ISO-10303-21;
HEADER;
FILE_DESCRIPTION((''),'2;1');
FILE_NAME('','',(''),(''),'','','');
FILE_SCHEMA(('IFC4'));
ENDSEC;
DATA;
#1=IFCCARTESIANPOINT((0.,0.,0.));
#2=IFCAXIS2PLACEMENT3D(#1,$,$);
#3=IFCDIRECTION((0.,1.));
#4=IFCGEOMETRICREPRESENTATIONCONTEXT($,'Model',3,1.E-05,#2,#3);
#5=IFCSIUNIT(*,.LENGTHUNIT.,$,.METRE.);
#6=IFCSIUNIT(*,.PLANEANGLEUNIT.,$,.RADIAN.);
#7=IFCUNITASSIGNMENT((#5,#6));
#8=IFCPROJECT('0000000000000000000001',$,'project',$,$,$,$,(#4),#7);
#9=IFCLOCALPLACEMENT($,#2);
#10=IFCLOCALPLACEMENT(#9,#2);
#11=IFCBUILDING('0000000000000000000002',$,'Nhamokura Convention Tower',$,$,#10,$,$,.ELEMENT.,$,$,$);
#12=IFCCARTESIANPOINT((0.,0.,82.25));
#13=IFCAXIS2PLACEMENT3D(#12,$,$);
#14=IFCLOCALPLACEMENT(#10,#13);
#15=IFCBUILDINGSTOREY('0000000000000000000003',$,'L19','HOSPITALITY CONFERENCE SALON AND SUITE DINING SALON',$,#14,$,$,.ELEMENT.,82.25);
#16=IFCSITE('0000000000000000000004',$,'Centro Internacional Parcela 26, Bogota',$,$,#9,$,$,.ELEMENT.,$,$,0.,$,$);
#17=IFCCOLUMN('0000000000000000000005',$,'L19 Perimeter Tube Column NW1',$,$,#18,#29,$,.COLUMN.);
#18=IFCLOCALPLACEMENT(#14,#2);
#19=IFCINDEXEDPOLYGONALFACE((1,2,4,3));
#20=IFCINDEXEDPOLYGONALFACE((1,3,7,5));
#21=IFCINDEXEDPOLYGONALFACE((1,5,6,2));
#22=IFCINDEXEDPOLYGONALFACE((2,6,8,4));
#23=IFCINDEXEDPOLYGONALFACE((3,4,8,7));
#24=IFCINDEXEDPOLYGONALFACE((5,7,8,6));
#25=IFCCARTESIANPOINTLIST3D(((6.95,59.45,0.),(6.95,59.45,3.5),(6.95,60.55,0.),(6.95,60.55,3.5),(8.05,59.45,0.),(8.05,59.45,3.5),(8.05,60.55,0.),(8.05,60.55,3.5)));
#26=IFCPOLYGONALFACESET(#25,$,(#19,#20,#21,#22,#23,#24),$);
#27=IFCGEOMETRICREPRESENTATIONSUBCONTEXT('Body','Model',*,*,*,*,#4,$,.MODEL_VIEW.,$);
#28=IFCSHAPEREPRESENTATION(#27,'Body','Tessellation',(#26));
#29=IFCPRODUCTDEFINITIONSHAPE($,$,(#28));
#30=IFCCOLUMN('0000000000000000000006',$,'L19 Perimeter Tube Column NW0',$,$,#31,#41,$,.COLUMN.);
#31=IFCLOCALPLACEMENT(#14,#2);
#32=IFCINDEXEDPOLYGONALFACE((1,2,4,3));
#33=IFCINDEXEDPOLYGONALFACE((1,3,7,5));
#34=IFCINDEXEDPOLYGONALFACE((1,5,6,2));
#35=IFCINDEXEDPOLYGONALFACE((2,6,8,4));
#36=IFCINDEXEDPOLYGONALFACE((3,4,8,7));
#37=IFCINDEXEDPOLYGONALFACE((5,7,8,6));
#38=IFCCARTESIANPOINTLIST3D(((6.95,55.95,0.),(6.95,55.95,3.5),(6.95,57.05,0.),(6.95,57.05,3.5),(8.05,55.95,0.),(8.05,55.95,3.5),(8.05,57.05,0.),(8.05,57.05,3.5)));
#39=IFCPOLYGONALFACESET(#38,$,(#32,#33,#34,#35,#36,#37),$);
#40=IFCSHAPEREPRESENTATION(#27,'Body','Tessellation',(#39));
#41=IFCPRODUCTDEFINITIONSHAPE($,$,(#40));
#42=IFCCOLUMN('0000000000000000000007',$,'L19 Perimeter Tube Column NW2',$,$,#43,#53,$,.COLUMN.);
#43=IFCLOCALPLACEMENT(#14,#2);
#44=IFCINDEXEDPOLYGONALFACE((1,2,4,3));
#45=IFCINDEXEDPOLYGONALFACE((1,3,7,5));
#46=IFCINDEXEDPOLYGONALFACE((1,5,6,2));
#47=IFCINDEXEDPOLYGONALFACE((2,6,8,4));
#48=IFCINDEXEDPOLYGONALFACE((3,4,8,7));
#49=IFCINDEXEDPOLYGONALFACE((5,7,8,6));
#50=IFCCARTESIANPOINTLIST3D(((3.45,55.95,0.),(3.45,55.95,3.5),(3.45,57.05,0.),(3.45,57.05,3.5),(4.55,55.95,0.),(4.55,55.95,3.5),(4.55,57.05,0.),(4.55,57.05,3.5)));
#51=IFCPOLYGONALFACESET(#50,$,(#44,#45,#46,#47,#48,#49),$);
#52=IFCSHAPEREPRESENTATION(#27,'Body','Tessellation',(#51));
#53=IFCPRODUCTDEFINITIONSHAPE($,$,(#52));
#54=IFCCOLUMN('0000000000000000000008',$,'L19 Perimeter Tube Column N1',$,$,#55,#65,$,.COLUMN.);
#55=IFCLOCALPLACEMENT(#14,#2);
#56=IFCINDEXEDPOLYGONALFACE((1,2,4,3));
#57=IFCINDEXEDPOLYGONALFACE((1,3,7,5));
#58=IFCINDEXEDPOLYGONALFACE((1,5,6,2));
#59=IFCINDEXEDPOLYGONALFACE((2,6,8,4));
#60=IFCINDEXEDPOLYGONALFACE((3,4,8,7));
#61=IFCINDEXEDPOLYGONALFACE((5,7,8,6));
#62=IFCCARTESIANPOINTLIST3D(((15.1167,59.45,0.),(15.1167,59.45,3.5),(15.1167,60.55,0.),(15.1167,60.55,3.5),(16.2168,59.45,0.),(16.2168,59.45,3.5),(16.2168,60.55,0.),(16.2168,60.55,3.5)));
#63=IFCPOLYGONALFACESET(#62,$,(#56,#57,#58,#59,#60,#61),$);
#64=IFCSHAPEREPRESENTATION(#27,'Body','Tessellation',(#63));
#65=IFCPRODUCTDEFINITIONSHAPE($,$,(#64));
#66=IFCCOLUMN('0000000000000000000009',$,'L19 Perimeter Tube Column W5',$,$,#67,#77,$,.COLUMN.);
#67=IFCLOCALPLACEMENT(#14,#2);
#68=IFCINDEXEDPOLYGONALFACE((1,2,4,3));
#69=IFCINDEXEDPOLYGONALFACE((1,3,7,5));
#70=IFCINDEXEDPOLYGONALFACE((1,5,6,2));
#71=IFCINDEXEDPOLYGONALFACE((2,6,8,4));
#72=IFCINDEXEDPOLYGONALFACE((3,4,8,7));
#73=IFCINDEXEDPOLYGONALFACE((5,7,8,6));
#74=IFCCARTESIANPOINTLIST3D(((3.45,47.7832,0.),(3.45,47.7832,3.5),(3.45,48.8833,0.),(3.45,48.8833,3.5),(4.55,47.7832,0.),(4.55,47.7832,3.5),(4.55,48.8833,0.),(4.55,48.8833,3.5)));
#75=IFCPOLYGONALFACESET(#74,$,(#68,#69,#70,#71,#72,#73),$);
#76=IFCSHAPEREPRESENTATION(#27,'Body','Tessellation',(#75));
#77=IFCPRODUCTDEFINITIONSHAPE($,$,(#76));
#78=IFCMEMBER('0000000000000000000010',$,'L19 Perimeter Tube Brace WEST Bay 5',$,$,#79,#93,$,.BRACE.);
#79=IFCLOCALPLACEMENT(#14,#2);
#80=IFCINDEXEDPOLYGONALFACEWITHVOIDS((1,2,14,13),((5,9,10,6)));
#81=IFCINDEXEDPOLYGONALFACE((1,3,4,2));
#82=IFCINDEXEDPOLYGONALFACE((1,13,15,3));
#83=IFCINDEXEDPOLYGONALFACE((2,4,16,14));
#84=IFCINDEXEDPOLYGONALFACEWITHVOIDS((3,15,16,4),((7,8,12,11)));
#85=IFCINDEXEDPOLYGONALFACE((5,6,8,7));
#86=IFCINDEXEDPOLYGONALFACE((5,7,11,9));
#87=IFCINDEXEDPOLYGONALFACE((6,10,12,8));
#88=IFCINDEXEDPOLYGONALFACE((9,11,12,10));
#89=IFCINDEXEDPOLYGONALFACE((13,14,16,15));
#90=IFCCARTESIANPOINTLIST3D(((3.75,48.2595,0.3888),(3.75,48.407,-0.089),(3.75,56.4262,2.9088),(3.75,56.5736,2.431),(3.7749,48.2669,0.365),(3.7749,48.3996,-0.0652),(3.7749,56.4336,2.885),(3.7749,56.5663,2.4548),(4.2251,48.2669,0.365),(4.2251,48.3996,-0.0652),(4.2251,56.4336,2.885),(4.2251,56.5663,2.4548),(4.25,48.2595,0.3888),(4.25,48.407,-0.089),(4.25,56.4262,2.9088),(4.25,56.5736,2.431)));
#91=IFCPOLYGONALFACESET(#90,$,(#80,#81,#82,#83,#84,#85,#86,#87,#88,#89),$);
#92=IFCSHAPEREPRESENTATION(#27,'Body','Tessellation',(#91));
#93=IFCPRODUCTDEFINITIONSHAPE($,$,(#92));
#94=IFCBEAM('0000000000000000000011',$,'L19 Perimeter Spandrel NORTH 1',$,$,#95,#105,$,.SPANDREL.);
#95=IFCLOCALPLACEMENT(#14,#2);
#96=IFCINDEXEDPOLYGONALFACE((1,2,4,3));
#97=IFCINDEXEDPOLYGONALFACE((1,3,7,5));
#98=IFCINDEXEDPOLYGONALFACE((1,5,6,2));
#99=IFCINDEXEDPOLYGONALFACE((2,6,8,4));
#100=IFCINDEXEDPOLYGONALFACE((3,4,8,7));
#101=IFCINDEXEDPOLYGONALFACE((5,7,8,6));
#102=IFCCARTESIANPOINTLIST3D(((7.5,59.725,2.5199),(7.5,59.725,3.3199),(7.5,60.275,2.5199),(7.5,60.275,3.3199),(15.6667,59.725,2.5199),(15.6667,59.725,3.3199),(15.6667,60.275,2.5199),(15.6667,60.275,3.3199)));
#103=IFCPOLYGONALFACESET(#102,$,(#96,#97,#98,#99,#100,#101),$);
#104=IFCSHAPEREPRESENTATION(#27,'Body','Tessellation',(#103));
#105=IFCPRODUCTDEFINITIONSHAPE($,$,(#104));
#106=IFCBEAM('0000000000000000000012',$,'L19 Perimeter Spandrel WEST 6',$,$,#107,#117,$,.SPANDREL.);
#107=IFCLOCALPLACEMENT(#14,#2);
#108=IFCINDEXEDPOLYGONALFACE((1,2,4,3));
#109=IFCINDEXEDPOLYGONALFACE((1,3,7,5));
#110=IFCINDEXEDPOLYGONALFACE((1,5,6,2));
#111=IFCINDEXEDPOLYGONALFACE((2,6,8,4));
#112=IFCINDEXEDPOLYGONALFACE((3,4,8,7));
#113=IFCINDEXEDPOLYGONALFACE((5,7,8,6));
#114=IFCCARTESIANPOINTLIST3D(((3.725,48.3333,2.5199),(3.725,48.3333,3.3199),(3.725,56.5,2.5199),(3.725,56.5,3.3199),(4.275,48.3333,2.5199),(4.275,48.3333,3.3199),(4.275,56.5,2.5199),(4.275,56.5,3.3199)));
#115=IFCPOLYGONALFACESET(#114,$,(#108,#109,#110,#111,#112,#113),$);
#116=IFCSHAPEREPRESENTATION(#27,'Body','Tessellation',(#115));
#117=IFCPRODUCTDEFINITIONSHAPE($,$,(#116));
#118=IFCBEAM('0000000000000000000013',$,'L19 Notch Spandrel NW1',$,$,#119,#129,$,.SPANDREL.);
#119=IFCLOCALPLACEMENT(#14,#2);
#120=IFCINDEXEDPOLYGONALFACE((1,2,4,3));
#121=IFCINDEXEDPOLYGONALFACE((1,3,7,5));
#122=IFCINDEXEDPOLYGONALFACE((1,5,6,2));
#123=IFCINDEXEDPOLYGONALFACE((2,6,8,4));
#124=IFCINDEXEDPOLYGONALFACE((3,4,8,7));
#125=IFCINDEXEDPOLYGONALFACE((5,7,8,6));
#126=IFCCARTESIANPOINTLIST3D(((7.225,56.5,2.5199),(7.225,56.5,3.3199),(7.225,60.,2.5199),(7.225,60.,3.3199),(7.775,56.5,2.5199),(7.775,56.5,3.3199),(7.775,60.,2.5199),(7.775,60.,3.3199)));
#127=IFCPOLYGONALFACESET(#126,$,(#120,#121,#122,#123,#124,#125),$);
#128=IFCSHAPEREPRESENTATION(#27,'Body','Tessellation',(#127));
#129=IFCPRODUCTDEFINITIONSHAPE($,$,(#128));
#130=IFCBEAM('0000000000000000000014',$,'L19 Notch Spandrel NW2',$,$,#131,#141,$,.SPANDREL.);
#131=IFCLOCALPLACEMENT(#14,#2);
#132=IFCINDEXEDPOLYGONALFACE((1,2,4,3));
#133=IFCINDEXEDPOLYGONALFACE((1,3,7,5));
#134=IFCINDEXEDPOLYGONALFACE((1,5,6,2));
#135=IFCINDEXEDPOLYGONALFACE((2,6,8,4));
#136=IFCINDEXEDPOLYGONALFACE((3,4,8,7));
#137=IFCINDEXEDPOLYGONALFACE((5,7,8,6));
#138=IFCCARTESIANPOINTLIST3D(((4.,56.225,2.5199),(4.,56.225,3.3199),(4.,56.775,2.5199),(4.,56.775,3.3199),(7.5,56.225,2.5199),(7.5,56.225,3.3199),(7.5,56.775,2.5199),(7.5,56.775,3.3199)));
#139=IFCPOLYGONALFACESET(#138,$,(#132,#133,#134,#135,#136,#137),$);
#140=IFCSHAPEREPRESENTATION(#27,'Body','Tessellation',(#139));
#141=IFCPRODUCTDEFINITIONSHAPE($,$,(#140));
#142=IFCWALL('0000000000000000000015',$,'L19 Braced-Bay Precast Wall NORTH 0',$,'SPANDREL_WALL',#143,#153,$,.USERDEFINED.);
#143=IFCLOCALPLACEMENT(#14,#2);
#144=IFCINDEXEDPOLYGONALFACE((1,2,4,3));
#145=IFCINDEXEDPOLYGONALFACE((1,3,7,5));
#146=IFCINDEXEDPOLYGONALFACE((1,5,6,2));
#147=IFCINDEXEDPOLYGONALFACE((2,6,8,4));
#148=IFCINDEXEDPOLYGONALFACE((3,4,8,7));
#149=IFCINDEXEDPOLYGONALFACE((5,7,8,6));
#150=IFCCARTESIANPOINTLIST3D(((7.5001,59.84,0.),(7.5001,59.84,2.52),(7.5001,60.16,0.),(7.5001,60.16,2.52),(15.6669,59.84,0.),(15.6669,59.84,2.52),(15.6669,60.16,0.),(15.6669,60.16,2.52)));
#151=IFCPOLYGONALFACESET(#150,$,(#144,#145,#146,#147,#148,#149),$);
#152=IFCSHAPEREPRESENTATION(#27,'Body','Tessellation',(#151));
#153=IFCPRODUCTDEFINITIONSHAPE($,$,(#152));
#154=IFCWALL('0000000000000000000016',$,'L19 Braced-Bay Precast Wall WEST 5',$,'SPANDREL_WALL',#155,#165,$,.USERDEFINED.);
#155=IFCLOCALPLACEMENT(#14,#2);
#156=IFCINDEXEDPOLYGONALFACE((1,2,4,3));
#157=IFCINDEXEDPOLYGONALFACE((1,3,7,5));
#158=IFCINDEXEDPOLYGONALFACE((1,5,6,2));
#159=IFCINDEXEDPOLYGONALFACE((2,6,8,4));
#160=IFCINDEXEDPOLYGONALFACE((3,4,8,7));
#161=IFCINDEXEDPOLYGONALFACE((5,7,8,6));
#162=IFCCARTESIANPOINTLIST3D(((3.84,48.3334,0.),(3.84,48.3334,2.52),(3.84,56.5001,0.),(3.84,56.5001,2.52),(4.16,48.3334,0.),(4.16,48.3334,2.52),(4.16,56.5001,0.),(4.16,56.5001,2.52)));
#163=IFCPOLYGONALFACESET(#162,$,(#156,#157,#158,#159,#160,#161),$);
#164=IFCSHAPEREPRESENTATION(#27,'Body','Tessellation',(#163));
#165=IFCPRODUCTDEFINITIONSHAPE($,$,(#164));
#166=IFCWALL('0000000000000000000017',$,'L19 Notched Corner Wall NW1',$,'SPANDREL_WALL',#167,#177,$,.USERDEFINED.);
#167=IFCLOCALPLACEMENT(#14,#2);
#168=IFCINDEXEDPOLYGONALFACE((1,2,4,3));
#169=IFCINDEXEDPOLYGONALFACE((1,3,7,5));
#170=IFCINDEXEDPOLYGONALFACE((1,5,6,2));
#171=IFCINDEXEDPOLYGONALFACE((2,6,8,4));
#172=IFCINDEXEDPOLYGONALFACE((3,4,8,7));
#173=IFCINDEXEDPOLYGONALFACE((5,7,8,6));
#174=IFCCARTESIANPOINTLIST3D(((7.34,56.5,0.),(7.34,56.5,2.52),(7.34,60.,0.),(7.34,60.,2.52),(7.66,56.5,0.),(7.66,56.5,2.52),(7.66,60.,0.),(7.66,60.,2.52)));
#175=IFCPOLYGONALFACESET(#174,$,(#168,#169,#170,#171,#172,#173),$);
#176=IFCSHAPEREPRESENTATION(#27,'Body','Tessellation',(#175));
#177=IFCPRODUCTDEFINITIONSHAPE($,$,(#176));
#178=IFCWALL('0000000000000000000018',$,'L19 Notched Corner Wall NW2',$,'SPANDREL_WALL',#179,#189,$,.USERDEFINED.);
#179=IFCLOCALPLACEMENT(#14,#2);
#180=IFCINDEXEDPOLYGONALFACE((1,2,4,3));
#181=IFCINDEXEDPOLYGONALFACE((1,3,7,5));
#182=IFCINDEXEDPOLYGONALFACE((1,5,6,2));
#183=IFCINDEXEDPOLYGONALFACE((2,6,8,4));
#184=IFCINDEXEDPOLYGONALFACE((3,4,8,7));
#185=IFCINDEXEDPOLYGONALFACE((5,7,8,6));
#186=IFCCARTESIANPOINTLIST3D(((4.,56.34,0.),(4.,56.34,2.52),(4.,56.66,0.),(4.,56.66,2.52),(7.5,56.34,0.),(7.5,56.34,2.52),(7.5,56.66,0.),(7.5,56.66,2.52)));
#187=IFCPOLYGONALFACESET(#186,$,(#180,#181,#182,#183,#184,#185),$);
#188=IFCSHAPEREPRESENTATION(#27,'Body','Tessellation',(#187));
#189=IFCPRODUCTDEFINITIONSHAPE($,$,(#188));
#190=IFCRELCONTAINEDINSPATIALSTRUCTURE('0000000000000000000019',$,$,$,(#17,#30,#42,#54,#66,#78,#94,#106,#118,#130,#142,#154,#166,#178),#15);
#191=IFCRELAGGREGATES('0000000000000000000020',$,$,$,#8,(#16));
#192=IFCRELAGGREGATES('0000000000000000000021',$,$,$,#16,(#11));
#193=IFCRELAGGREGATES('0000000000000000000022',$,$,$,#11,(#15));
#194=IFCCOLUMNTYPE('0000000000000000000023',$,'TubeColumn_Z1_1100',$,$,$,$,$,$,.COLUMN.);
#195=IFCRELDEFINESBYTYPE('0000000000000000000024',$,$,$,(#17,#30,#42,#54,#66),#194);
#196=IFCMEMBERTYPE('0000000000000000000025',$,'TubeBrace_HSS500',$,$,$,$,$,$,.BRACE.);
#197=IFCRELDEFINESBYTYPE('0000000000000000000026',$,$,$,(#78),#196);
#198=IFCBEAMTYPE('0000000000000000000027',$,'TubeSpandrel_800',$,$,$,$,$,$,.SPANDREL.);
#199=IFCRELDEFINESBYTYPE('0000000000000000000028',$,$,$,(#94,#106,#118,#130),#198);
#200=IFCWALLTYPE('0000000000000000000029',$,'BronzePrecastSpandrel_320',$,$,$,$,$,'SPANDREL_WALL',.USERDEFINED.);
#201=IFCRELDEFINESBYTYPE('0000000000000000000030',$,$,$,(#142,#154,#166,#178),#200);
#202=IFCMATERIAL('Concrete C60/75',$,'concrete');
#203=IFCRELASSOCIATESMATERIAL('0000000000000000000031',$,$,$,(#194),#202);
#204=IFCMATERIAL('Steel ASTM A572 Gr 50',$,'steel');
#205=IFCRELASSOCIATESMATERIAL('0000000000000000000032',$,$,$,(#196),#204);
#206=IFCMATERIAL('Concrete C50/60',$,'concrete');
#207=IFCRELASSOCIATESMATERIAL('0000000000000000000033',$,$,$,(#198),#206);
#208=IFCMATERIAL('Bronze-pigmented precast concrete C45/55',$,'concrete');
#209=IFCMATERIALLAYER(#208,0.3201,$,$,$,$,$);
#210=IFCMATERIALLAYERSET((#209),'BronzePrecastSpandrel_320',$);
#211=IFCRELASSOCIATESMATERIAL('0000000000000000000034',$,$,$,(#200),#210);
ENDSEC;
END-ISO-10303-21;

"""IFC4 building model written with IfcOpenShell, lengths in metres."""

from ifc_helpers import new_model, si_unit, direction, frame, frame_2d, origin, origin_2d, place, context, subcontext, project, spatial, rectangle, hollow_rectangle, extrude, material, layer, layer_set, material_profile, profile_set, type_object, element, save


model = new_model("IFC4")

# Units and contexts
model_context = context("Model", 3, precision=1e-05, world=origin(), true_north=direction((0.0, 1.0)))
body_context = subcontext(model_context, "Body", "Model", "MODEL_VIEW")
ifc_project = project(units=[si_unit("LENGTHUNIT", "METRE"), si_unit("PLANEANGLEUNIT", "RADIAN")], contexts=[model_context])

# Site, building, storey
site_placement = place(None, origin())
site = spatial("IfcSite", under=ifc_project, at=site_placement, Name="Centro Internacional Parcela 26, Bogota", CompositionType="ELEMENT", RefElevation=0.0)
building_placement = place(site_placement, origin())
building = spatial("IfcBuilding", under=site, at=building_placement, Name="Nhamokura Convention Tower", CompositionType="ELEMENT")
storey_placement = place(building_placement, frame((0.0, 0.0, 82.25)))
storey = spatial("IfcBuildingStorey", under=building, at=storey_placement, Name="L19", Description="HOSPITALITY CONFERENCE SALON AND SUITE DINING SALON", CompositionType="ELEMENT", Elevation=82.25)

# Columns
ifc_material_1 = material(Name="Concrete C60/75", Category="concrete")
ifc_material_profile_1 = material_profile(ifc_material_1, rectangle(XDim=1.1001, YDim=1.1001, at=origin_2d()))
ifc_profile_set_1 = profile_set([ifc_material_profile_1], Name="Concrete C60/75")
column_type = type_object("IfcColumnType", Name="TubeColumn_Z1_1100", PredefinedType="COLUMN", material=ifc_profile_set_1)
for number, where, z_axis, x_axis, name in (
    (1, (7.5, 60.0, 0.0), (0.0, 0.0, 1.0), (1.0, 0.0, 0.0), "L19 Perimeter Tube Column NW1"),
    (2, (7.5, 56.5, 0.0), (0.0, 0.0, 1.0), (1.0, 0.0, 0.0), "L19 Perimeter Tube Column NW0"),
    (3, (4.0, 56.5, 0.0), (0.0, 0.0, 1.0), (1.0, 0.0, 0.0), "L19 Perimeter Tube Column NW2"),
    (4, (15.6667, 60.0, 0.0), (0.0, 0.0, 1.0), (1.0, 0.0, 0.0), "L19 Perimeter Tube Column N1"),
    (5, (4.0, 48.3333, 0.0), (0.0, 0.0, 1.0), (1.0, 0.0, 0.0), "L19 Perimeter Tube Column W5"),
):
    element("IfcColumn", number, at=place(storey_placement, frame(where, z_axis=z_axis, x_axis=x_axis)), inside=storey, type_object=column_type, Name=name, PredefinedType="COLUMN", context=body_context, shape_type="SweptSolid", body=[
        extrude(rectangle(XDim=1.1001, YDim=1.1001, at=origin_2d()), origin(), (0.0, 0.0, 1.0), 3.5),
    ])

# Member
ifc_material_2 = material(Name="Steel ASTM A572 Gr 50", Category="steel")
ifc_material_profile_2 = material_profile(ifc_material_2, hollow_rectangle(XDim=0.5, YDim=0.5, WallThickness=0.0249, at=origin_2d()))
ifc_profile_set_2 = profile_set([ifc_material_profile_2], Name="Steel ASTM A572 Gr 50")
member_type = type_object("IfcMemberType", Name="TubeBrace_HSS500", PredefinedType="BRACE", material=ifc_profile_set_2)
member_placement = place(storey_placement, frame((4.0, 48.3333, 0.1499), z_axis=(0.0, 0.955543, 0.294853), x_axis=(-1.0, 0.0, 0.0)))
element("IfcMember", 6, at=member_placement, inside=storey, type_object=member_type, Name="L19 Perimeter Tube Brace WEST Bay 5", PredefinedType="BRACE", context=body_context, shape_type="SweptSolid", body=[
    extrude(hollow_rectangle(XDim=0.5, YDim=0.5, WallThickness=0.0249, at=origin_2d()), origin(), (0.0, 0.0, 1.0), 8.5466),
])

# Beams
ifc_material_3 = material(Name="Concrete C50/60", Category="concrete")
ifc_material_profile_3 = material_profile(ifc_material_3, rectangle(XDim=0.55, YDim=0.8, at=origin_2d()))
ifc_profile_set_3 = profile_set([ifc_material_profile_3], Name="Concrete C50/60")
beam_type = type_object("IfcBeamType", Name="TubeSpandrel_800", PredefinedType="SPANDREL", material=ifc_profile_set_3)
for number, where, z_axis, x_axis, name in (
    (7, (7.5, 60.0, 2.9199), (1.0, 0.0, 0.0), (0.0, 1.0, 0.0), "L19 Perimeter Spandrel NORTH 1"),
    (8, (4.0, 48.3333, 2.9199), (0.0, 1.0, 0.0), (-1.0, 0.0, 0.0), "L19 Perimeter Spandrel WEST 6"),
):
    element("IfcBeam", number, at=place(storey_placement, frame(where, z_axis=z_axis, x_axis=x_axis)), inside=storey, type_object=beam_type, Name=name, PredefinedType="SPANDREL", context=body_context, shape_type="SweptSolid", body=[
        extrude(rectangle(XDim=0.55, YDim=0.8, at=origin_2d()), origin(), (0.0, 0.0, 1.0), 8.1667),
    ])
for number, where, z_axis, x_axis, name in (
    (9, (7.5, 60.0, 2.9199), (0.0, -1.0, 0.0), (1.0, 0.0, 0.0), "L19 Notch Spandrel NW1"),
    (10, (7.5, 56.5, 2.9199), (-1.0, 0.0, 0.0), (0.0, -1.0, 0.0), "L19 Notch Spandrel NW2"),
):
    element("IfcBeam", number, at=place(storey_placement, frame(where, z_axis=z_axis, x_axis=x_axis)), inside=storey, type_object=beam_type, Name=name, PredefinedType="SPANDREL", context=body_context, shape_type="SweptSolid", body=[
        extrude(rectangle(XDim=0.55, YDim=0.8, at=origin_2d()), origin(), (0.0, 0.0, 1.0), 3.5),
    ])

# Walls
ifc_material_4 = material(Name="Bronze-pigmented precast concrete C45/55", Category="concrete")
ifc_layer_1 = layer(ifc_material_4, 0.3201)
ifc_layer_set_1 = layer_set([ifc_layer_1], Name="BronzePrecastSpandrel_320")
wall_type_1 = type_object("IfcWallType", Name="BronzePrecastSpandrel_320", ElementType="SPANDREL_WALL", PredefinedType="USERDEFINED", material=ifc_layer_set_1)
for number, where, z_axis, x_axis, name in (
    (11, (7.5, 60.0, 0.0), (0.0, 0.0, 1.0), (1.0, 0.0, 0.0), "L19 Braced-Bay Precast Wall NORTH 0"),
    (12, (4.0, 48.3333, 0.0), (0.0, 0.0, 1.0), (0.0, 1.0, 0.0), "L19 Braced-Bay Precast Wall WEST 5"),
):
    element("IfcWall", number, at=place(storey_placement, frame(where, z_axis=z_axis, x_axis=x_axis)), inside=storey, type_object=wall_type_1, Name=name, ObjectType="SPANDREL_WALL", PredefinedType="USERDEFINED", context=body_context, shape_type="SweptSolid", body=[
        extrude(rectangle(XDim=8.1667, YDim=0.3201, at=frame_2d((4.0835, 0.0))), origin(), (0.0, 0.0, 1.0), 2.52),
    ])
for number, where, z_axis, x_axis, name in (
    (13, (7.5, 56.5, 0.0), (0.0, 0.0, 1.0), (0.0, 1.0, 0.0), "L19 Notched Corner Wall NW1"),
    (14, (4.0, 56.5, 0.0), (0.0, 0.0, 1.0), (1.0, 0.0, 0.0), "L19 Notched Corner Wall NW2"),
):
    element("IfcWall", number, at=place(storey_placement, frame(where, z_axis=z_axis, x_axis=x_axis)), inside=storey, type_object=wall_type_1, Name=name, ObjectType="SPANDREL_WALL", PredefinedType="USERDEFINED", context=body_context, shape_type="SweptSolid", body=[
        extrude(rectangle(XDim=3.5, YDim=0.3201, at=frame_2d((1.75, 0.0))), origin(), (0.0, 0.0, 1.0), 2.52),
    ])

save(model, "model.ifc")
